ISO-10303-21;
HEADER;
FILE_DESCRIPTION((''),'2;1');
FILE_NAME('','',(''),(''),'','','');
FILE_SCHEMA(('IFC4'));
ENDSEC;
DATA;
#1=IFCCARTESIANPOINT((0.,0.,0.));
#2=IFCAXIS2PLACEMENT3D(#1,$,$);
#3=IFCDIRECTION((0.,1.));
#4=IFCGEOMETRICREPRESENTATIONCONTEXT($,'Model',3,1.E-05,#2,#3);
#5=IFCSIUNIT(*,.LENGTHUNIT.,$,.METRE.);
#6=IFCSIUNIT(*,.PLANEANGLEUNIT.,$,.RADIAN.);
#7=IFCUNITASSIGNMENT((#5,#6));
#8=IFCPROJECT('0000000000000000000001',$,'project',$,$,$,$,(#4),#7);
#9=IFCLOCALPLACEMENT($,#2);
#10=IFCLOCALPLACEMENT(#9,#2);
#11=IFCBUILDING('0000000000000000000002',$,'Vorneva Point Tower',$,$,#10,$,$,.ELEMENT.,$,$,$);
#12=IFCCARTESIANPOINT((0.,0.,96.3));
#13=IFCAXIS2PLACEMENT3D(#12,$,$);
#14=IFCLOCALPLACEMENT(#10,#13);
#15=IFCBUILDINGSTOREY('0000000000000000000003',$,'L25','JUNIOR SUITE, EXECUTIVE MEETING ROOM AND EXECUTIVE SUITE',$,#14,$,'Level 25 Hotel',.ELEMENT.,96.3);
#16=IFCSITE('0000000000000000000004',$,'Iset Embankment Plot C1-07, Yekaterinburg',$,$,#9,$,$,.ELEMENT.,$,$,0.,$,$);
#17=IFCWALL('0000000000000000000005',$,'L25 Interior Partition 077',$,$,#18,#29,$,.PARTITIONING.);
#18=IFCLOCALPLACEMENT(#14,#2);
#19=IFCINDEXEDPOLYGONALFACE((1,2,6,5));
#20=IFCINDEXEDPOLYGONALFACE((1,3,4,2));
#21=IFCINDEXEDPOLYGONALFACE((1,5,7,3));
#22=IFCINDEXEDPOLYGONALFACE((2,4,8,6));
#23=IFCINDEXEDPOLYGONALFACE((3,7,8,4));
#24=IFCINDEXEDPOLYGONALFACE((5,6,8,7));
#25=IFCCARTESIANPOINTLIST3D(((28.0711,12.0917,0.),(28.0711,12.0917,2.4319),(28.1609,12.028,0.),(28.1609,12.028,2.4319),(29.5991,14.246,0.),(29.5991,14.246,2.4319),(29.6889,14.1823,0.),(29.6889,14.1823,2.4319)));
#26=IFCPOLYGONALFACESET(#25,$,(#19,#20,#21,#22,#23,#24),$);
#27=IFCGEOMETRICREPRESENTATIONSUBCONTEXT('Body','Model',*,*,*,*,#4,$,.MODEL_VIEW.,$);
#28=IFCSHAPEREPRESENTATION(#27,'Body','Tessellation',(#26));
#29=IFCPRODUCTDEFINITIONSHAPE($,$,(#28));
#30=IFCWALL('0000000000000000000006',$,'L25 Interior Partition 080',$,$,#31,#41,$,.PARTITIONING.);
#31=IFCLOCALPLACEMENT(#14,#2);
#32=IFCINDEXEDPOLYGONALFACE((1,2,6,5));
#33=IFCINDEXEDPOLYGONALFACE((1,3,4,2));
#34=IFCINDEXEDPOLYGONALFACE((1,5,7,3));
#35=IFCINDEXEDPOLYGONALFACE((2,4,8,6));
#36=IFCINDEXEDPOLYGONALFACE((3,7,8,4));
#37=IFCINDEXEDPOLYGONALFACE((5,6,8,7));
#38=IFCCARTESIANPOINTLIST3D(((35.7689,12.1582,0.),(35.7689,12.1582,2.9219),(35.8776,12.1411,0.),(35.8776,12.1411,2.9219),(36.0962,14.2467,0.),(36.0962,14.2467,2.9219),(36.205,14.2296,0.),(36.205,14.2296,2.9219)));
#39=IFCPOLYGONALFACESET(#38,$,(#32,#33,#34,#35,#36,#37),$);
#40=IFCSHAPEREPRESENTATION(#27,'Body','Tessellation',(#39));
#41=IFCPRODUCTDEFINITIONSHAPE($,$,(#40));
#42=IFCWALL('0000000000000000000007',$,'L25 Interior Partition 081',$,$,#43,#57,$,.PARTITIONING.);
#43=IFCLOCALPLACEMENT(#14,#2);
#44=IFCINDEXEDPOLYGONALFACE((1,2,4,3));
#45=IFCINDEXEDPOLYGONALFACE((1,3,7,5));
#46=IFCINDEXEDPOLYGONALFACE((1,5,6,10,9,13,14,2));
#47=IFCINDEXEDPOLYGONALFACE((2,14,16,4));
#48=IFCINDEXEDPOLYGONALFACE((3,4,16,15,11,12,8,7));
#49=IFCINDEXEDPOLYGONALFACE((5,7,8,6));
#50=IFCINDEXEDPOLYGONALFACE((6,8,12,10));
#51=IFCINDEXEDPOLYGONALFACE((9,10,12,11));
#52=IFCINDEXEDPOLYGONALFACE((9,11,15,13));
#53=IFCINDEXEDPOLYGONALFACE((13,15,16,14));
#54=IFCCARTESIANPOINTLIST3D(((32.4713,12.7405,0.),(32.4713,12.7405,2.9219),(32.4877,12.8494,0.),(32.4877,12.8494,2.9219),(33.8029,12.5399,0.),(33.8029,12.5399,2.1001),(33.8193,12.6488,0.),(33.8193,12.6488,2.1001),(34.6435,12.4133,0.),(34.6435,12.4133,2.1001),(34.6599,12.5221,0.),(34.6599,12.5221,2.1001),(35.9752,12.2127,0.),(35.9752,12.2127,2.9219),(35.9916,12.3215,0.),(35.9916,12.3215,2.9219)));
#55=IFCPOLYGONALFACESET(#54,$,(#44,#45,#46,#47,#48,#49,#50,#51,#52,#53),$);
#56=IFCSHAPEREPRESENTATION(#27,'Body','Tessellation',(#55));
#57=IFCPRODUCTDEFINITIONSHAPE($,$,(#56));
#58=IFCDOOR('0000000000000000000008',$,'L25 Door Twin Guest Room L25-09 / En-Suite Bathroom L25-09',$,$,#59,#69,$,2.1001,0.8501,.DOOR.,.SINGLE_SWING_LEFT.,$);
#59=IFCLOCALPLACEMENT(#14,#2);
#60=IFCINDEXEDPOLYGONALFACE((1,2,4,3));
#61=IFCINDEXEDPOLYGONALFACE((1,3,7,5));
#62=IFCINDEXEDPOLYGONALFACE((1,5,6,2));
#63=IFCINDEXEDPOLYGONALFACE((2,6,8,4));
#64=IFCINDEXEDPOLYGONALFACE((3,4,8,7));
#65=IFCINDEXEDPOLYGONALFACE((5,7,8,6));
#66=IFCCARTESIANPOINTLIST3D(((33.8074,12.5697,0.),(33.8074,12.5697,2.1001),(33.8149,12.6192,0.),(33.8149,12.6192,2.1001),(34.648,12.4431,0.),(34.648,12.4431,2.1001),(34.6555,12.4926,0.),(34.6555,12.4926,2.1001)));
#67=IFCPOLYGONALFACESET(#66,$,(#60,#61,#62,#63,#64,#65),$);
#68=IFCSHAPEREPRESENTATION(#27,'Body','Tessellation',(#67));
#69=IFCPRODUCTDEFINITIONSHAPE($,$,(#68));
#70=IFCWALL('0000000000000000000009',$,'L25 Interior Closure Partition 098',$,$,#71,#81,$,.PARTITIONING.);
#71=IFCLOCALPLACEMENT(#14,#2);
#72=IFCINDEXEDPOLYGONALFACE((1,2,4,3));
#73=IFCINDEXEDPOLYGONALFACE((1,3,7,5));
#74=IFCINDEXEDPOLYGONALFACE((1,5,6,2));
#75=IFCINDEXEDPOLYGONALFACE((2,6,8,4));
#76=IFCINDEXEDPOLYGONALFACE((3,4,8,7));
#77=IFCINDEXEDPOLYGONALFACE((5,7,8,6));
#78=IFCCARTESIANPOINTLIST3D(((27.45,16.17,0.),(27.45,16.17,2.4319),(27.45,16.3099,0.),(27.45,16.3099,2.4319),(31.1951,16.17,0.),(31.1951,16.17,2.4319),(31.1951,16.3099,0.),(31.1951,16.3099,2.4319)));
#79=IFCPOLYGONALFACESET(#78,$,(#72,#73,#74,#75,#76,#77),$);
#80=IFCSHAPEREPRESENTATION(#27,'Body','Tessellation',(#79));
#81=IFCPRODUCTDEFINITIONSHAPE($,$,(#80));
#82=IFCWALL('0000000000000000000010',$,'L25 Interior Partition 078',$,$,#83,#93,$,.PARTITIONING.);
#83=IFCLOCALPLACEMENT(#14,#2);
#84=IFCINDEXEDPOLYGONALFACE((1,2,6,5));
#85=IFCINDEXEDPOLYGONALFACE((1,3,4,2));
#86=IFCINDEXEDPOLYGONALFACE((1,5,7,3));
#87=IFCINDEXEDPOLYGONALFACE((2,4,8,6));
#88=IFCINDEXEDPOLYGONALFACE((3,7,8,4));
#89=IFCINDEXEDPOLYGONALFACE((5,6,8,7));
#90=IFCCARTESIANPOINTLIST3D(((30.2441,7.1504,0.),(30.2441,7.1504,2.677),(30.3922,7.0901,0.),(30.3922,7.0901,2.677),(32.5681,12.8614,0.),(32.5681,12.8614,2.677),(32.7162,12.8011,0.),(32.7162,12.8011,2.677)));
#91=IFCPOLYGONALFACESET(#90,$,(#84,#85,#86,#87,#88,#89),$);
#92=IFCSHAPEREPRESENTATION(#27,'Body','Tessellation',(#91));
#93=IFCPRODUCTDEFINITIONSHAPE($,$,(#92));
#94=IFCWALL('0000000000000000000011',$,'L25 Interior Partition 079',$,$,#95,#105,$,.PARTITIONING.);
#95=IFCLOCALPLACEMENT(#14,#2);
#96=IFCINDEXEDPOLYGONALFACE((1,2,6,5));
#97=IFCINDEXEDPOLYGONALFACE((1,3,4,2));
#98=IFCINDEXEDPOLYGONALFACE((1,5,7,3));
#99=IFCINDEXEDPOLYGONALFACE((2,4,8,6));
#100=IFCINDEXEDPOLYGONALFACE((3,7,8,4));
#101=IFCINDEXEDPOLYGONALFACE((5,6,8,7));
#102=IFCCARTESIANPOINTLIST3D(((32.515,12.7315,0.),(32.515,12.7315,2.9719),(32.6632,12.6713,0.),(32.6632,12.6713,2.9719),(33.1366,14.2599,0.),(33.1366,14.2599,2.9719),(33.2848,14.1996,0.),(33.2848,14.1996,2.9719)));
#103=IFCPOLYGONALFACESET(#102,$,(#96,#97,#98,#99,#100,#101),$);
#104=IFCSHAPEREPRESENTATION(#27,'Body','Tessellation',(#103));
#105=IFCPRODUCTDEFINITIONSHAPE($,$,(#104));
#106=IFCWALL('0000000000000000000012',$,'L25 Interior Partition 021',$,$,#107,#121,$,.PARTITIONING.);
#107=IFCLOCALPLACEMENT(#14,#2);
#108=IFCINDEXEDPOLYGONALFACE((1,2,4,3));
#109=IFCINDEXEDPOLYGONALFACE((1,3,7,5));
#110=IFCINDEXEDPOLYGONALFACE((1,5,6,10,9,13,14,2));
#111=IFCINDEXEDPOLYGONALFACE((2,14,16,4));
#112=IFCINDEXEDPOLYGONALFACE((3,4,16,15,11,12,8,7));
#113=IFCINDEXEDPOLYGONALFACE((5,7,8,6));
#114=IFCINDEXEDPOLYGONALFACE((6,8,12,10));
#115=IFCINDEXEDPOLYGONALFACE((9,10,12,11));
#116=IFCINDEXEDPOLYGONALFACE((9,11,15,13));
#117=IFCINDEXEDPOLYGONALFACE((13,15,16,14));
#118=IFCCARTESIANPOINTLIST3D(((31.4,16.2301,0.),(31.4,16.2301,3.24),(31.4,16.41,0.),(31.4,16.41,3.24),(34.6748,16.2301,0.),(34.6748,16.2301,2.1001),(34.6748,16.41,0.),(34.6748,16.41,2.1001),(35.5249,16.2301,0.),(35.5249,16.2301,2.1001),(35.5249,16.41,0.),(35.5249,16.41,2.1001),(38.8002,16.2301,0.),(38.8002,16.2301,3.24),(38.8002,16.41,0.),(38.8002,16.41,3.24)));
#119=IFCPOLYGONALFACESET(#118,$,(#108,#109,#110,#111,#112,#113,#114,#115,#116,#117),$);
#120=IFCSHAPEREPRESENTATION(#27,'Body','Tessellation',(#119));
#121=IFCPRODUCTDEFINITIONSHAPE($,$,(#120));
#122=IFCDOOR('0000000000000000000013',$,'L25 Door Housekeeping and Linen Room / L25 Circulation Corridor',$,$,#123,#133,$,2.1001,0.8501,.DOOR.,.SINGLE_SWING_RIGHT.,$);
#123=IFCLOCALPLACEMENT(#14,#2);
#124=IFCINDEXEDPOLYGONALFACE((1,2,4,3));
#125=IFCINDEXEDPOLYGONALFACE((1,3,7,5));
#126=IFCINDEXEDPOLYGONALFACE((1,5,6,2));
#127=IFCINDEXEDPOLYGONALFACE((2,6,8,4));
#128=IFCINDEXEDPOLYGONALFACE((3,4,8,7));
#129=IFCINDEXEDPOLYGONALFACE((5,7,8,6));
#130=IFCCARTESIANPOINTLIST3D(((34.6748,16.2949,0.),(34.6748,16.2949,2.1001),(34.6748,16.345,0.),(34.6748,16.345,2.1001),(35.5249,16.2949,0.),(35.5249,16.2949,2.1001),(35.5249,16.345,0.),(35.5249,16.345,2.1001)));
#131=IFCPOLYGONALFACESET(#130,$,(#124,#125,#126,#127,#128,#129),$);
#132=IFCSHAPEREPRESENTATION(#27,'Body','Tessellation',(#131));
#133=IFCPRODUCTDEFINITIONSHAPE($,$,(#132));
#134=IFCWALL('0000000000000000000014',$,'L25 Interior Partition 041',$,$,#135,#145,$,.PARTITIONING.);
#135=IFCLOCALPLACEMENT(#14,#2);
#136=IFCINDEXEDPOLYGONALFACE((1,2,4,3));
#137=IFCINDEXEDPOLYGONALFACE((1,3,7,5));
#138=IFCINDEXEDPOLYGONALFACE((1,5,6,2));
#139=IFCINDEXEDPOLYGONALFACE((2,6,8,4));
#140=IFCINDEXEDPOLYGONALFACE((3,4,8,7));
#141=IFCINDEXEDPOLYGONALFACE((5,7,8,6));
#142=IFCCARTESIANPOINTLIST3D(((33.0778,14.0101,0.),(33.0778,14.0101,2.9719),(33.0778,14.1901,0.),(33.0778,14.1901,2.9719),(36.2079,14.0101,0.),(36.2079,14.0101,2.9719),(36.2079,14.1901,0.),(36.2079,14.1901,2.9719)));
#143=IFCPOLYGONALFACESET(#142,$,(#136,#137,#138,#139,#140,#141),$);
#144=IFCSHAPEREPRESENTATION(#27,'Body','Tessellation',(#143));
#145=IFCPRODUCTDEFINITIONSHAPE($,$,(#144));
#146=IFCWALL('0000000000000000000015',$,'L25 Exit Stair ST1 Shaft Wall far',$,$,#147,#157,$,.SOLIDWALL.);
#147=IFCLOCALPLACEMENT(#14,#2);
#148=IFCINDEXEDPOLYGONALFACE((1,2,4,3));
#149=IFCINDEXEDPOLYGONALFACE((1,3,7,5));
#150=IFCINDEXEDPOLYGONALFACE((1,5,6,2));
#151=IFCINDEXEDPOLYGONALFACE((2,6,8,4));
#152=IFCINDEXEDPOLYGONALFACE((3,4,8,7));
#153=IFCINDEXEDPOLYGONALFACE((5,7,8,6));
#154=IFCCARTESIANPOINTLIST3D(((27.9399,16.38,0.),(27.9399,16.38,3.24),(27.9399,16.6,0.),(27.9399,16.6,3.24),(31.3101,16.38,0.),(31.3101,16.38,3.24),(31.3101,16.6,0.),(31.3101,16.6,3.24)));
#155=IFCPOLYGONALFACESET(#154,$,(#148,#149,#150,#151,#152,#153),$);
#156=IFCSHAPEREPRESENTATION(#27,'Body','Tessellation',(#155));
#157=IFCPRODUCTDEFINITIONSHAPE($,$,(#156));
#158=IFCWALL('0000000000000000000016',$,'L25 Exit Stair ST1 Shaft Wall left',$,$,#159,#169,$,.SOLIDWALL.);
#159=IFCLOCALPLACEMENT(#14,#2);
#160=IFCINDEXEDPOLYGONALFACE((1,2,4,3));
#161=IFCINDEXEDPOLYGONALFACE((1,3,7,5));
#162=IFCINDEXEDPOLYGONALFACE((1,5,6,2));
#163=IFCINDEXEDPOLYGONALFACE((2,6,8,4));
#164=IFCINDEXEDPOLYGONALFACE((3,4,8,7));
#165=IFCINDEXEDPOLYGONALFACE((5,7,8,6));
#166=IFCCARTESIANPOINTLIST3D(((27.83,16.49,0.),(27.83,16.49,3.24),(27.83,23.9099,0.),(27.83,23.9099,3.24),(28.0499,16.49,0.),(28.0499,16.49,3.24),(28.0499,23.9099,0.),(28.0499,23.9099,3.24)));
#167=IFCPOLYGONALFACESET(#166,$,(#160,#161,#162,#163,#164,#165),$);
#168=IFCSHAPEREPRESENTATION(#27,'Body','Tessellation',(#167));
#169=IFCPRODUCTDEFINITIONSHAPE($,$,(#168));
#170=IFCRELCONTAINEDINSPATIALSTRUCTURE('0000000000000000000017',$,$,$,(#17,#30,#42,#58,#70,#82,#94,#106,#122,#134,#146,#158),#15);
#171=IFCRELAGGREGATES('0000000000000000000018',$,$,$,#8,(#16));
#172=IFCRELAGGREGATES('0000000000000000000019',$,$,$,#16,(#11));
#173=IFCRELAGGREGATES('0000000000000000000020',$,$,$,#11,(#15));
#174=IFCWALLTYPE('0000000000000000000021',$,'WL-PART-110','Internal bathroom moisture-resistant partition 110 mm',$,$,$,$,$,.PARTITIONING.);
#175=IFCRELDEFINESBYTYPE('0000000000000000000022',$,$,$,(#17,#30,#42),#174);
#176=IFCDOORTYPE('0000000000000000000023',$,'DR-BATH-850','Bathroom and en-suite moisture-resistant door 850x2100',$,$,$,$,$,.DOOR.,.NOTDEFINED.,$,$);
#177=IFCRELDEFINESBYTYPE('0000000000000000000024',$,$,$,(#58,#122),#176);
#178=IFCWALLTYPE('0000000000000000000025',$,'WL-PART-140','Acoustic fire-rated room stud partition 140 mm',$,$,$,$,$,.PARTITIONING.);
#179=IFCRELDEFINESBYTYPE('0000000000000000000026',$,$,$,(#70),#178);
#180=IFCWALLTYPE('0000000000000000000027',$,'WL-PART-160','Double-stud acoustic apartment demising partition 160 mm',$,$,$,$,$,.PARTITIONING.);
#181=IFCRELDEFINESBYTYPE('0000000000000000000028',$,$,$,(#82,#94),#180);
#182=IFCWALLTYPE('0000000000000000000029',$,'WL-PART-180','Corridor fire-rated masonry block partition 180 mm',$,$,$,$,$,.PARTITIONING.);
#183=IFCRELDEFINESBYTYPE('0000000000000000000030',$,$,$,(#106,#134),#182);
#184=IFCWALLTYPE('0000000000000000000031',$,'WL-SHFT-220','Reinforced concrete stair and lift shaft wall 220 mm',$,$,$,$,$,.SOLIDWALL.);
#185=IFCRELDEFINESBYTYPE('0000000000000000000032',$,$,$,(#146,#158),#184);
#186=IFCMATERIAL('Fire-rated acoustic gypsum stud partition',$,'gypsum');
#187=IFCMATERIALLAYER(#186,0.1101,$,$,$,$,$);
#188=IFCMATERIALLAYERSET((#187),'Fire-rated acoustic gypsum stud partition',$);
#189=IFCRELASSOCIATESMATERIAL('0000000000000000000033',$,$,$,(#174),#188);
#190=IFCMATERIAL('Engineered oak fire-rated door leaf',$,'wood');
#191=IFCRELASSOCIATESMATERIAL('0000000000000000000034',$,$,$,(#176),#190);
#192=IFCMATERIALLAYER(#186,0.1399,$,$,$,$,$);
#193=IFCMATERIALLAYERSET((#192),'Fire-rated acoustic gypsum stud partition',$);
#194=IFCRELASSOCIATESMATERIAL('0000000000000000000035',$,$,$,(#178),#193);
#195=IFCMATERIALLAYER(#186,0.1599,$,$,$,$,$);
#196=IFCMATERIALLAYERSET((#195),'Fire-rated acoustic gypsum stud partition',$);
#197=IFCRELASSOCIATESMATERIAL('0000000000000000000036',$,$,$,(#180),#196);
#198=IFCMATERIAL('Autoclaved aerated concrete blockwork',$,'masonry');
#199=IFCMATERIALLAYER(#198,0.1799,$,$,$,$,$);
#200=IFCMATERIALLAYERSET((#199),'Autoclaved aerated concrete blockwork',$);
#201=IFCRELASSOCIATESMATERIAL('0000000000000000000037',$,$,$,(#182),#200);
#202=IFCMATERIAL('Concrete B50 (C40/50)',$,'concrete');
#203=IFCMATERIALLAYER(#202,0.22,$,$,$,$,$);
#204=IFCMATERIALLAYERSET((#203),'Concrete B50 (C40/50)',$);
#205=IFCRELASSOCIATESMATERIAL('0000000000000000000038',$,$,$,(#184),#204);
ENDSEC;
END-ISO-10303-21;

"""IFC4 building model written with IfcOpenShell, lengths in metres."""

from ifc_helpers import new_model, si_unit, direction, frame, frame_2d, origin, place, context, subcontext, project, spatial, rectangle, extrude, material, layer, layer_set, type_object, element, fill, save


model = new_model("IFC4")

# Units and contexts
model_context = context("Model", 3, precision=1e-05, world=origin(), true_north=direction((0.0, 1.0)))
body_context = subcontext(model_context, "Body", "Model", "MODEL_VIEW")
ifc_project = project(units=[si_unit("LENGTHUNIT", "METRE"), si_unit("PLANEANGLEUNIT", "RADIAN")], contexts=[model_context])

# Site, building, storey
site_placement = place(None, origin())
site = spatial("IfcSite", under=ifc_project, at=site_placement, Name="Iset Embankment Plot C1-07, Yekaterinburg", CompositionType="ELEMENT", RefElevation=0.0)
building_placement = place(site_placement, origin())
building = spatial("IfcBuilding", under=site, at=building_placement, Name="Vorneva Point Tower", CompositionType="ELEMENT")
storey_placement = place(building_placement, frame((0.0, 0.0, 96.3)))
storey = spatial("IfcBuildingStorey", under=building, at=storey_placement, Name="L25", Description="JUNIOR SUITE, EXECUTIVE MEETING ROOM AND EXECUTIVE SUITE", LongName="Level 25 Hotel", CompositionType="ELEMENT", Elevation=96.3)

# Walls
ifc_material_1 = material(Name="Fire-rated acoustic gypsum stud partition", Category="gypsum")
ifc_layer_1 = layer(ifc_material_1, 0.1101)
ifc_layer_set_1 = layer_set([ifc_layer_1], Name="Fire-rated acoustic gypsum stud partition")
wall_type_1 = type_object("IfcWallType", Name="WL-PART-110", Description="Internal bathroom moisture-resistant partition 110 mm", PredefinedType="PARTITIONING", material=ifc_layer_set_1)
wall_1_placement = place(storey_placement, frame((29.644, 14.2141, 0.0), z_axis=(0.0, 0.0, 1.0), x_axis=(-0.578551, -0.815646, 0.0)))
element("IfcWall", 1, at=wall_1_placement, inside=storey, type_object=wall_type_1, Name="L25 Interior Partition 077", PredefinedType="PARTITIONING", context=body_context, shape_type="SweptSolid", body=[
    extrude(rectangle(XDim=2.6411, YDim=0.1101, at=frame_2d((1.3206, 0.0))), origin(), (0.0, 0.0, 1.0), 2.4319),
])
wall_2_placement = place(storey_placement, frame((36.1506, 14.2383, 0.0), z_axis=(0.0, 0.0, 1.0), x_axis=(-0.154859, -0.987937, 0.0)))
element("IfcWall", 2, at=wall_2_placement, inside=storey, type_object=wall_type_1, Name="L25 Interior Partition 080", PredefinedType="PARTITIONING", context=body_context, shape_type="SweptSolid", body=[
    extrude(rectangle(XDim=2.114, YDim=0.1101, at=frame_2d((1.0571, 0.0))), origin(), (0.0, 0.0, 1.0), 2.9219),
])

# Wall, opening, door
wall_3_placement = place(storey_placement, frame((35.9834, 12.2671, 0.0), z_axis=(0.0, 0.0, 1.0), x_axis=(-0.988843, 0.14896, 0.0)))
wall_3 = element("IfcWall", 3, at=wall_3_placement, inside=storey, type_object=wall_type_1, Name="L25 Interior Partition 081", PredefinedType="PARTITIONING", context=body_context, shape_type="SweptSolid", body=[
    extrude(rectangle(XDim=3.5435, YDim=0.1101, at=frame_2d((1.7717, 0.0))), origin(), (0.0, 0.0, 1.0), 2.9219),
])
opening_1_placement = place(wall_3_placement, frame((1.3467, 0.0, 0.0)))
opening_1 = element("IfcOpeningElement", 4, at=opening_1_placement, cuts=wall_3, PredefinedType="OPENING", context=body_context, shape_type="SweptSolid", body=[
    extrude(rectangle(XDim=0.8501, YDim=2.1001, at=frame_2d((0.425, 1.05))), frame((0.0, 0.0698, 0.0), z_axis=(0.0, -1.0, 0.0), x_axis=(1.0, 0.0, 0.0)), (0.0, 0.0, 1.0), 0.1399),
])
ifc_material_2 = material(Name="Engineered oak fire-rated door leaf", Category="wood")
door_type_1 = type_object("IfcDoorType", Name="DR-BATH-850", Description="Bathroom and en-suite moisture-resistant door 850x2100", OperationType="NOTDEFINED", PredefinedType="DOOR", material=ifc_material_2)
door_1_placement = place(opening_1_placement, origin())
door_1 = element("IfcDoor", 5, at=door_1_placement, inside=storey, type_object=door_type_1, Name="L25 Door Twin Guest Room L25-09 / En-Suite Bathroom L25-09", OperationType="SINGLE_SWING_LEFT", OverallHeight=2.1001, OverallWidth=0.8501, PredefinedType="DOOR", context=body_context, shape_type="SweptSolid", body=[
    extrude(rectangle(XDim=0.8501, YDim=2.1001, at=frame_2d((0.425, 1.05))), frame((0.0, 0.0249, 0.0), z_axis=(0.0, -1.0, 0.0), x_axis=(1.0, 0.0, 0.0)), (0.0, 0.0, 1.0), 0.05),
])
fill(opening_1, door_1)

# Walls
ifc_layer_2 = layer(ifc_material_1, 0.1399)
ifc_layer_set_2 = layer_set([ifc_layer_2], Name="Fire-rated acoustic gypsum stud partition")
wall_type_2 = type_object("IfcWallType", Name="WL-PART-140", Description="Acoustic fire-rated room stud partition 140 mm", PredefinedType="PARTITIONING", material=ifc_layer_set_2)
wall_4_placement = place(storey_placement, frame((31.1951, 16.24, 0.0), z_axis=(0.0, 0.0, 1.0), x_axis=(-1.0, 0.0, 0.0)))
element("IfcWall", 6, at=wall_4_placement, inside=storey, type_object=wall_type_2, Name="L25 Interior Closure Partition 098", PredefinedType="PARTITIONING", context=body_context, shape_type="SweptSolid", body=[
    extrude(rectangle(XDim=3.7451, YDim=0.1399, at=frame_2d((1.8726, 0.0))), origin(), (0.0, 0.0, 1.0), 2.4319),
])
ifc_layer_3 = layer(ifc_material_1, 0.1599)
ifc_layer_set_3 = layer_set([ifc_layer_3], Name="Fire-rated acoustic gypsum stud partition")
wall_type_3 = type_object("IfcWallType", Name="WL-PART-160", Description="Double-stud acoustic apartment demising partition 160 mm", PredefinedType="PARTITIONING", material=ifc_layer_set_3)
wall_5_placement = place(storey_placement, frame((30.3181, 7.1201, 0.0), z_axis=(0.0, 0.0, 1.0), x_axis=(0.376921, 0.926245, 0.0)))
element("IfcWall", 7, at=wall_5_placement, inside=storey, type_object=wall_type_3, Name="L25 Interior Partition 078", PredefinedType="PARTITIONING", context=body_context, shape_type="SweptSolid", body=[
    extrude(rectangle(XDim=6.1658, YDim=0.1599, at=frame_2d((3.083, 0.0))), origin(), (0.0, 0.0, 1.0), 2.677),
])
wall_6_placement = place(storey_placement, frame((32.5891, 12.7014, 0.0), z_axis=(0.0, 0.0, 1.0), x_axis=(0.376742, 0.926318, 0.0)))
element("IfcWall", 8, at=wall_6_placement, inside=storey, type_object=wall_type_3, Name="L25 Interior Partition 079", PredefinedType="PARTITIONING", context=body_context, shape_type="SweptSolid", body=[
    extrude(rectangle(XDim=1.6499, YDim=0.1599, at=frame_2d((0.825, 0.0))), origin(), (0.0, 0.0, 1.0), 2.9719),
])

# Wall, opening, door
ifc_material_3 = material(Name="Autoclaved aerated concrete blockwork", Category="masonry")
ifc_layer_4 = layer(ifc_material_3, 0.1799)
ifc_layer_set_4 = layer_set([ifc_layer_4], Name="Autoclaved aerated concrete blockwork")
wall_type_4 = type_object("IfcWallType", Name="WL-PART-180", Description="Corridor fire-rated masonry block partition 180 mm", PredefinedType="PARTITIONING", material=ifc_layer_set_4)
wall_7_placement = place(storey_placement, frame((31.3999, 16.3201, 0.0), z_axis=(0.0, 0.0, 1.0), x_axis=(1.0, 0.0, 0.0)))
wall_7 = element("IfcWall", 9, at=wall_7_placement, inside=storey, type_object=wall_type_4, Name="L25 Interior Partition 021", PredefinedType="PARTITIONING", context=body_context, shape_type="SweptSolid", body=[
    extrude(rectangle(XDim=7.4001, YDim=0.1799, at=frame_2d((3.7002, 0.0))), origin(), (0.0, 0.0, 1.0), 3.24),
])
opening_2_placement = place(wall_7_placement, frame((3.2749, 0.0, 0.0)))
opening_2 = element("IfcOpeningElement", 10, at=opening_2_placement, cuts=wall_7, PredefinedType="OPENING", context=body_context, shape_type="SweptSolid", body=[
    extrude(rectangle(XDim=0.8501, YDim=2.1001, at=frame_2d((0.425, 1.05))), frame((0.0, 0.105, 0.0), z_axis=(0.0, -1.0, 0.0), x_axis=(1.0, 0.0, 0.0)), (0.0, 0.0, 1.0), 0.2097),
])
door_2_placement = place(opening_2_placement, origin())
door_2 = element("IfcDoor", 11, at=door_2_placement, inside=storey, type_object=door_type_1, Name="L25 Door Housekeeping and Linen Room / L25 Circulation Corridor", OperationType="SINGLE_SWING_RIGHT", OverallHeight=2.1001, OverallWidth=0.8501, PredefinedType="DOOR", context=body_context, shape_type="SweptSolid", body=[
    extrude(rectangle(XDim=0.8501, YDim=2.1001, at=frame_2d((0.425, 1.05))), frame((0.0, 0.0249, 0.0), z_axis=(0.0, -1.0, 0.0), x_axis=(1.0, 0.0, 0.0)), (0.0, 0.0, 1.0), 0.05),
])
fill(opening_2, door_2)

# Walls
wall_8_placement = place(storey_placement, frame((33.0779, 14.1001, 0.0), z_axis=(0.0, 0.0, 1.0), x_axis=(1.0, 0.0, 0.0)))
element("IfcWall", 12, at=wall_8_placement, inside=storey, type_object=wall_type_4, Name="L25 Interior Partition 041", PredefinedType="PARTITIONING", context=body_context, shape_type="SweptSolid", body=[
    extrude(rectangle(XDim=3.1301, YDim=0.1799, at=frame_2d((1.5649, 0.0))), origin(), (0.0, 0.0, 1.0), 2.9719),
])
ifc_material_4 = material(Name="Concrete B50 (C40/50)", Category="concrete")
ifc_layer_5 = layer(ifc_material_4, 0.22)
ifc_layer_set_5 = layer_set([ifc_layer_5], Name="Concrete B50 (C40/50)")
wall_type_5 = type_object("IfcWallType", Name="WL-SHFT-220", Description="Reinforced concrete stair and lift shaft wall 220 mm", PredefinedType="SOLIDWALL", material=ifc_layer_set_5)
wall_9_placement = place(storey_placement, frame((31.3101, 16.49, 0.0), z_axis=(0.0, 0.0, 1.0), x_axis=(-1.0, 0.0, 0.0)))
element("IfcWall", 13, at=wall_9_placement, inside=storey, type_object=wall_type_5, Name="L25 Exit Stair ST1 Shaft Wall far", PredefinedType="SOLIDWALL", context=body_context, shape_type="SweptSolid", body=[
    extrude(rectangle(XDim=3.3701, YDim=0.22, at=frame_2d((1.6851, 0.0))), origin(), (0.0, 0.0, 1.0), 3.24),
])
wall_10_placement = place(storey_placement, frame((27.9399, 16.49, 0.0), z_axis=(0.0, 0.0, 1.0), x_axis=(0.0, 1.0, 0.0)))
element("IfcWall", 14, at=wall_10_placement, inside=storey, type_object=wall_type_5, Name="L25 Exit Stair ST1 Shaft Wall left", PredefinedType="SOLIDWALL", context=body_context, shape_type="SweptSolid", body=[
    extrude(rectangle(XDim=7.4199, YDim=0.22, at=frame_2d((3.71, 0.0))), origin(), (0.0, 0.0, 1.0), 3.24),
])

save(model, "model.ifc")
